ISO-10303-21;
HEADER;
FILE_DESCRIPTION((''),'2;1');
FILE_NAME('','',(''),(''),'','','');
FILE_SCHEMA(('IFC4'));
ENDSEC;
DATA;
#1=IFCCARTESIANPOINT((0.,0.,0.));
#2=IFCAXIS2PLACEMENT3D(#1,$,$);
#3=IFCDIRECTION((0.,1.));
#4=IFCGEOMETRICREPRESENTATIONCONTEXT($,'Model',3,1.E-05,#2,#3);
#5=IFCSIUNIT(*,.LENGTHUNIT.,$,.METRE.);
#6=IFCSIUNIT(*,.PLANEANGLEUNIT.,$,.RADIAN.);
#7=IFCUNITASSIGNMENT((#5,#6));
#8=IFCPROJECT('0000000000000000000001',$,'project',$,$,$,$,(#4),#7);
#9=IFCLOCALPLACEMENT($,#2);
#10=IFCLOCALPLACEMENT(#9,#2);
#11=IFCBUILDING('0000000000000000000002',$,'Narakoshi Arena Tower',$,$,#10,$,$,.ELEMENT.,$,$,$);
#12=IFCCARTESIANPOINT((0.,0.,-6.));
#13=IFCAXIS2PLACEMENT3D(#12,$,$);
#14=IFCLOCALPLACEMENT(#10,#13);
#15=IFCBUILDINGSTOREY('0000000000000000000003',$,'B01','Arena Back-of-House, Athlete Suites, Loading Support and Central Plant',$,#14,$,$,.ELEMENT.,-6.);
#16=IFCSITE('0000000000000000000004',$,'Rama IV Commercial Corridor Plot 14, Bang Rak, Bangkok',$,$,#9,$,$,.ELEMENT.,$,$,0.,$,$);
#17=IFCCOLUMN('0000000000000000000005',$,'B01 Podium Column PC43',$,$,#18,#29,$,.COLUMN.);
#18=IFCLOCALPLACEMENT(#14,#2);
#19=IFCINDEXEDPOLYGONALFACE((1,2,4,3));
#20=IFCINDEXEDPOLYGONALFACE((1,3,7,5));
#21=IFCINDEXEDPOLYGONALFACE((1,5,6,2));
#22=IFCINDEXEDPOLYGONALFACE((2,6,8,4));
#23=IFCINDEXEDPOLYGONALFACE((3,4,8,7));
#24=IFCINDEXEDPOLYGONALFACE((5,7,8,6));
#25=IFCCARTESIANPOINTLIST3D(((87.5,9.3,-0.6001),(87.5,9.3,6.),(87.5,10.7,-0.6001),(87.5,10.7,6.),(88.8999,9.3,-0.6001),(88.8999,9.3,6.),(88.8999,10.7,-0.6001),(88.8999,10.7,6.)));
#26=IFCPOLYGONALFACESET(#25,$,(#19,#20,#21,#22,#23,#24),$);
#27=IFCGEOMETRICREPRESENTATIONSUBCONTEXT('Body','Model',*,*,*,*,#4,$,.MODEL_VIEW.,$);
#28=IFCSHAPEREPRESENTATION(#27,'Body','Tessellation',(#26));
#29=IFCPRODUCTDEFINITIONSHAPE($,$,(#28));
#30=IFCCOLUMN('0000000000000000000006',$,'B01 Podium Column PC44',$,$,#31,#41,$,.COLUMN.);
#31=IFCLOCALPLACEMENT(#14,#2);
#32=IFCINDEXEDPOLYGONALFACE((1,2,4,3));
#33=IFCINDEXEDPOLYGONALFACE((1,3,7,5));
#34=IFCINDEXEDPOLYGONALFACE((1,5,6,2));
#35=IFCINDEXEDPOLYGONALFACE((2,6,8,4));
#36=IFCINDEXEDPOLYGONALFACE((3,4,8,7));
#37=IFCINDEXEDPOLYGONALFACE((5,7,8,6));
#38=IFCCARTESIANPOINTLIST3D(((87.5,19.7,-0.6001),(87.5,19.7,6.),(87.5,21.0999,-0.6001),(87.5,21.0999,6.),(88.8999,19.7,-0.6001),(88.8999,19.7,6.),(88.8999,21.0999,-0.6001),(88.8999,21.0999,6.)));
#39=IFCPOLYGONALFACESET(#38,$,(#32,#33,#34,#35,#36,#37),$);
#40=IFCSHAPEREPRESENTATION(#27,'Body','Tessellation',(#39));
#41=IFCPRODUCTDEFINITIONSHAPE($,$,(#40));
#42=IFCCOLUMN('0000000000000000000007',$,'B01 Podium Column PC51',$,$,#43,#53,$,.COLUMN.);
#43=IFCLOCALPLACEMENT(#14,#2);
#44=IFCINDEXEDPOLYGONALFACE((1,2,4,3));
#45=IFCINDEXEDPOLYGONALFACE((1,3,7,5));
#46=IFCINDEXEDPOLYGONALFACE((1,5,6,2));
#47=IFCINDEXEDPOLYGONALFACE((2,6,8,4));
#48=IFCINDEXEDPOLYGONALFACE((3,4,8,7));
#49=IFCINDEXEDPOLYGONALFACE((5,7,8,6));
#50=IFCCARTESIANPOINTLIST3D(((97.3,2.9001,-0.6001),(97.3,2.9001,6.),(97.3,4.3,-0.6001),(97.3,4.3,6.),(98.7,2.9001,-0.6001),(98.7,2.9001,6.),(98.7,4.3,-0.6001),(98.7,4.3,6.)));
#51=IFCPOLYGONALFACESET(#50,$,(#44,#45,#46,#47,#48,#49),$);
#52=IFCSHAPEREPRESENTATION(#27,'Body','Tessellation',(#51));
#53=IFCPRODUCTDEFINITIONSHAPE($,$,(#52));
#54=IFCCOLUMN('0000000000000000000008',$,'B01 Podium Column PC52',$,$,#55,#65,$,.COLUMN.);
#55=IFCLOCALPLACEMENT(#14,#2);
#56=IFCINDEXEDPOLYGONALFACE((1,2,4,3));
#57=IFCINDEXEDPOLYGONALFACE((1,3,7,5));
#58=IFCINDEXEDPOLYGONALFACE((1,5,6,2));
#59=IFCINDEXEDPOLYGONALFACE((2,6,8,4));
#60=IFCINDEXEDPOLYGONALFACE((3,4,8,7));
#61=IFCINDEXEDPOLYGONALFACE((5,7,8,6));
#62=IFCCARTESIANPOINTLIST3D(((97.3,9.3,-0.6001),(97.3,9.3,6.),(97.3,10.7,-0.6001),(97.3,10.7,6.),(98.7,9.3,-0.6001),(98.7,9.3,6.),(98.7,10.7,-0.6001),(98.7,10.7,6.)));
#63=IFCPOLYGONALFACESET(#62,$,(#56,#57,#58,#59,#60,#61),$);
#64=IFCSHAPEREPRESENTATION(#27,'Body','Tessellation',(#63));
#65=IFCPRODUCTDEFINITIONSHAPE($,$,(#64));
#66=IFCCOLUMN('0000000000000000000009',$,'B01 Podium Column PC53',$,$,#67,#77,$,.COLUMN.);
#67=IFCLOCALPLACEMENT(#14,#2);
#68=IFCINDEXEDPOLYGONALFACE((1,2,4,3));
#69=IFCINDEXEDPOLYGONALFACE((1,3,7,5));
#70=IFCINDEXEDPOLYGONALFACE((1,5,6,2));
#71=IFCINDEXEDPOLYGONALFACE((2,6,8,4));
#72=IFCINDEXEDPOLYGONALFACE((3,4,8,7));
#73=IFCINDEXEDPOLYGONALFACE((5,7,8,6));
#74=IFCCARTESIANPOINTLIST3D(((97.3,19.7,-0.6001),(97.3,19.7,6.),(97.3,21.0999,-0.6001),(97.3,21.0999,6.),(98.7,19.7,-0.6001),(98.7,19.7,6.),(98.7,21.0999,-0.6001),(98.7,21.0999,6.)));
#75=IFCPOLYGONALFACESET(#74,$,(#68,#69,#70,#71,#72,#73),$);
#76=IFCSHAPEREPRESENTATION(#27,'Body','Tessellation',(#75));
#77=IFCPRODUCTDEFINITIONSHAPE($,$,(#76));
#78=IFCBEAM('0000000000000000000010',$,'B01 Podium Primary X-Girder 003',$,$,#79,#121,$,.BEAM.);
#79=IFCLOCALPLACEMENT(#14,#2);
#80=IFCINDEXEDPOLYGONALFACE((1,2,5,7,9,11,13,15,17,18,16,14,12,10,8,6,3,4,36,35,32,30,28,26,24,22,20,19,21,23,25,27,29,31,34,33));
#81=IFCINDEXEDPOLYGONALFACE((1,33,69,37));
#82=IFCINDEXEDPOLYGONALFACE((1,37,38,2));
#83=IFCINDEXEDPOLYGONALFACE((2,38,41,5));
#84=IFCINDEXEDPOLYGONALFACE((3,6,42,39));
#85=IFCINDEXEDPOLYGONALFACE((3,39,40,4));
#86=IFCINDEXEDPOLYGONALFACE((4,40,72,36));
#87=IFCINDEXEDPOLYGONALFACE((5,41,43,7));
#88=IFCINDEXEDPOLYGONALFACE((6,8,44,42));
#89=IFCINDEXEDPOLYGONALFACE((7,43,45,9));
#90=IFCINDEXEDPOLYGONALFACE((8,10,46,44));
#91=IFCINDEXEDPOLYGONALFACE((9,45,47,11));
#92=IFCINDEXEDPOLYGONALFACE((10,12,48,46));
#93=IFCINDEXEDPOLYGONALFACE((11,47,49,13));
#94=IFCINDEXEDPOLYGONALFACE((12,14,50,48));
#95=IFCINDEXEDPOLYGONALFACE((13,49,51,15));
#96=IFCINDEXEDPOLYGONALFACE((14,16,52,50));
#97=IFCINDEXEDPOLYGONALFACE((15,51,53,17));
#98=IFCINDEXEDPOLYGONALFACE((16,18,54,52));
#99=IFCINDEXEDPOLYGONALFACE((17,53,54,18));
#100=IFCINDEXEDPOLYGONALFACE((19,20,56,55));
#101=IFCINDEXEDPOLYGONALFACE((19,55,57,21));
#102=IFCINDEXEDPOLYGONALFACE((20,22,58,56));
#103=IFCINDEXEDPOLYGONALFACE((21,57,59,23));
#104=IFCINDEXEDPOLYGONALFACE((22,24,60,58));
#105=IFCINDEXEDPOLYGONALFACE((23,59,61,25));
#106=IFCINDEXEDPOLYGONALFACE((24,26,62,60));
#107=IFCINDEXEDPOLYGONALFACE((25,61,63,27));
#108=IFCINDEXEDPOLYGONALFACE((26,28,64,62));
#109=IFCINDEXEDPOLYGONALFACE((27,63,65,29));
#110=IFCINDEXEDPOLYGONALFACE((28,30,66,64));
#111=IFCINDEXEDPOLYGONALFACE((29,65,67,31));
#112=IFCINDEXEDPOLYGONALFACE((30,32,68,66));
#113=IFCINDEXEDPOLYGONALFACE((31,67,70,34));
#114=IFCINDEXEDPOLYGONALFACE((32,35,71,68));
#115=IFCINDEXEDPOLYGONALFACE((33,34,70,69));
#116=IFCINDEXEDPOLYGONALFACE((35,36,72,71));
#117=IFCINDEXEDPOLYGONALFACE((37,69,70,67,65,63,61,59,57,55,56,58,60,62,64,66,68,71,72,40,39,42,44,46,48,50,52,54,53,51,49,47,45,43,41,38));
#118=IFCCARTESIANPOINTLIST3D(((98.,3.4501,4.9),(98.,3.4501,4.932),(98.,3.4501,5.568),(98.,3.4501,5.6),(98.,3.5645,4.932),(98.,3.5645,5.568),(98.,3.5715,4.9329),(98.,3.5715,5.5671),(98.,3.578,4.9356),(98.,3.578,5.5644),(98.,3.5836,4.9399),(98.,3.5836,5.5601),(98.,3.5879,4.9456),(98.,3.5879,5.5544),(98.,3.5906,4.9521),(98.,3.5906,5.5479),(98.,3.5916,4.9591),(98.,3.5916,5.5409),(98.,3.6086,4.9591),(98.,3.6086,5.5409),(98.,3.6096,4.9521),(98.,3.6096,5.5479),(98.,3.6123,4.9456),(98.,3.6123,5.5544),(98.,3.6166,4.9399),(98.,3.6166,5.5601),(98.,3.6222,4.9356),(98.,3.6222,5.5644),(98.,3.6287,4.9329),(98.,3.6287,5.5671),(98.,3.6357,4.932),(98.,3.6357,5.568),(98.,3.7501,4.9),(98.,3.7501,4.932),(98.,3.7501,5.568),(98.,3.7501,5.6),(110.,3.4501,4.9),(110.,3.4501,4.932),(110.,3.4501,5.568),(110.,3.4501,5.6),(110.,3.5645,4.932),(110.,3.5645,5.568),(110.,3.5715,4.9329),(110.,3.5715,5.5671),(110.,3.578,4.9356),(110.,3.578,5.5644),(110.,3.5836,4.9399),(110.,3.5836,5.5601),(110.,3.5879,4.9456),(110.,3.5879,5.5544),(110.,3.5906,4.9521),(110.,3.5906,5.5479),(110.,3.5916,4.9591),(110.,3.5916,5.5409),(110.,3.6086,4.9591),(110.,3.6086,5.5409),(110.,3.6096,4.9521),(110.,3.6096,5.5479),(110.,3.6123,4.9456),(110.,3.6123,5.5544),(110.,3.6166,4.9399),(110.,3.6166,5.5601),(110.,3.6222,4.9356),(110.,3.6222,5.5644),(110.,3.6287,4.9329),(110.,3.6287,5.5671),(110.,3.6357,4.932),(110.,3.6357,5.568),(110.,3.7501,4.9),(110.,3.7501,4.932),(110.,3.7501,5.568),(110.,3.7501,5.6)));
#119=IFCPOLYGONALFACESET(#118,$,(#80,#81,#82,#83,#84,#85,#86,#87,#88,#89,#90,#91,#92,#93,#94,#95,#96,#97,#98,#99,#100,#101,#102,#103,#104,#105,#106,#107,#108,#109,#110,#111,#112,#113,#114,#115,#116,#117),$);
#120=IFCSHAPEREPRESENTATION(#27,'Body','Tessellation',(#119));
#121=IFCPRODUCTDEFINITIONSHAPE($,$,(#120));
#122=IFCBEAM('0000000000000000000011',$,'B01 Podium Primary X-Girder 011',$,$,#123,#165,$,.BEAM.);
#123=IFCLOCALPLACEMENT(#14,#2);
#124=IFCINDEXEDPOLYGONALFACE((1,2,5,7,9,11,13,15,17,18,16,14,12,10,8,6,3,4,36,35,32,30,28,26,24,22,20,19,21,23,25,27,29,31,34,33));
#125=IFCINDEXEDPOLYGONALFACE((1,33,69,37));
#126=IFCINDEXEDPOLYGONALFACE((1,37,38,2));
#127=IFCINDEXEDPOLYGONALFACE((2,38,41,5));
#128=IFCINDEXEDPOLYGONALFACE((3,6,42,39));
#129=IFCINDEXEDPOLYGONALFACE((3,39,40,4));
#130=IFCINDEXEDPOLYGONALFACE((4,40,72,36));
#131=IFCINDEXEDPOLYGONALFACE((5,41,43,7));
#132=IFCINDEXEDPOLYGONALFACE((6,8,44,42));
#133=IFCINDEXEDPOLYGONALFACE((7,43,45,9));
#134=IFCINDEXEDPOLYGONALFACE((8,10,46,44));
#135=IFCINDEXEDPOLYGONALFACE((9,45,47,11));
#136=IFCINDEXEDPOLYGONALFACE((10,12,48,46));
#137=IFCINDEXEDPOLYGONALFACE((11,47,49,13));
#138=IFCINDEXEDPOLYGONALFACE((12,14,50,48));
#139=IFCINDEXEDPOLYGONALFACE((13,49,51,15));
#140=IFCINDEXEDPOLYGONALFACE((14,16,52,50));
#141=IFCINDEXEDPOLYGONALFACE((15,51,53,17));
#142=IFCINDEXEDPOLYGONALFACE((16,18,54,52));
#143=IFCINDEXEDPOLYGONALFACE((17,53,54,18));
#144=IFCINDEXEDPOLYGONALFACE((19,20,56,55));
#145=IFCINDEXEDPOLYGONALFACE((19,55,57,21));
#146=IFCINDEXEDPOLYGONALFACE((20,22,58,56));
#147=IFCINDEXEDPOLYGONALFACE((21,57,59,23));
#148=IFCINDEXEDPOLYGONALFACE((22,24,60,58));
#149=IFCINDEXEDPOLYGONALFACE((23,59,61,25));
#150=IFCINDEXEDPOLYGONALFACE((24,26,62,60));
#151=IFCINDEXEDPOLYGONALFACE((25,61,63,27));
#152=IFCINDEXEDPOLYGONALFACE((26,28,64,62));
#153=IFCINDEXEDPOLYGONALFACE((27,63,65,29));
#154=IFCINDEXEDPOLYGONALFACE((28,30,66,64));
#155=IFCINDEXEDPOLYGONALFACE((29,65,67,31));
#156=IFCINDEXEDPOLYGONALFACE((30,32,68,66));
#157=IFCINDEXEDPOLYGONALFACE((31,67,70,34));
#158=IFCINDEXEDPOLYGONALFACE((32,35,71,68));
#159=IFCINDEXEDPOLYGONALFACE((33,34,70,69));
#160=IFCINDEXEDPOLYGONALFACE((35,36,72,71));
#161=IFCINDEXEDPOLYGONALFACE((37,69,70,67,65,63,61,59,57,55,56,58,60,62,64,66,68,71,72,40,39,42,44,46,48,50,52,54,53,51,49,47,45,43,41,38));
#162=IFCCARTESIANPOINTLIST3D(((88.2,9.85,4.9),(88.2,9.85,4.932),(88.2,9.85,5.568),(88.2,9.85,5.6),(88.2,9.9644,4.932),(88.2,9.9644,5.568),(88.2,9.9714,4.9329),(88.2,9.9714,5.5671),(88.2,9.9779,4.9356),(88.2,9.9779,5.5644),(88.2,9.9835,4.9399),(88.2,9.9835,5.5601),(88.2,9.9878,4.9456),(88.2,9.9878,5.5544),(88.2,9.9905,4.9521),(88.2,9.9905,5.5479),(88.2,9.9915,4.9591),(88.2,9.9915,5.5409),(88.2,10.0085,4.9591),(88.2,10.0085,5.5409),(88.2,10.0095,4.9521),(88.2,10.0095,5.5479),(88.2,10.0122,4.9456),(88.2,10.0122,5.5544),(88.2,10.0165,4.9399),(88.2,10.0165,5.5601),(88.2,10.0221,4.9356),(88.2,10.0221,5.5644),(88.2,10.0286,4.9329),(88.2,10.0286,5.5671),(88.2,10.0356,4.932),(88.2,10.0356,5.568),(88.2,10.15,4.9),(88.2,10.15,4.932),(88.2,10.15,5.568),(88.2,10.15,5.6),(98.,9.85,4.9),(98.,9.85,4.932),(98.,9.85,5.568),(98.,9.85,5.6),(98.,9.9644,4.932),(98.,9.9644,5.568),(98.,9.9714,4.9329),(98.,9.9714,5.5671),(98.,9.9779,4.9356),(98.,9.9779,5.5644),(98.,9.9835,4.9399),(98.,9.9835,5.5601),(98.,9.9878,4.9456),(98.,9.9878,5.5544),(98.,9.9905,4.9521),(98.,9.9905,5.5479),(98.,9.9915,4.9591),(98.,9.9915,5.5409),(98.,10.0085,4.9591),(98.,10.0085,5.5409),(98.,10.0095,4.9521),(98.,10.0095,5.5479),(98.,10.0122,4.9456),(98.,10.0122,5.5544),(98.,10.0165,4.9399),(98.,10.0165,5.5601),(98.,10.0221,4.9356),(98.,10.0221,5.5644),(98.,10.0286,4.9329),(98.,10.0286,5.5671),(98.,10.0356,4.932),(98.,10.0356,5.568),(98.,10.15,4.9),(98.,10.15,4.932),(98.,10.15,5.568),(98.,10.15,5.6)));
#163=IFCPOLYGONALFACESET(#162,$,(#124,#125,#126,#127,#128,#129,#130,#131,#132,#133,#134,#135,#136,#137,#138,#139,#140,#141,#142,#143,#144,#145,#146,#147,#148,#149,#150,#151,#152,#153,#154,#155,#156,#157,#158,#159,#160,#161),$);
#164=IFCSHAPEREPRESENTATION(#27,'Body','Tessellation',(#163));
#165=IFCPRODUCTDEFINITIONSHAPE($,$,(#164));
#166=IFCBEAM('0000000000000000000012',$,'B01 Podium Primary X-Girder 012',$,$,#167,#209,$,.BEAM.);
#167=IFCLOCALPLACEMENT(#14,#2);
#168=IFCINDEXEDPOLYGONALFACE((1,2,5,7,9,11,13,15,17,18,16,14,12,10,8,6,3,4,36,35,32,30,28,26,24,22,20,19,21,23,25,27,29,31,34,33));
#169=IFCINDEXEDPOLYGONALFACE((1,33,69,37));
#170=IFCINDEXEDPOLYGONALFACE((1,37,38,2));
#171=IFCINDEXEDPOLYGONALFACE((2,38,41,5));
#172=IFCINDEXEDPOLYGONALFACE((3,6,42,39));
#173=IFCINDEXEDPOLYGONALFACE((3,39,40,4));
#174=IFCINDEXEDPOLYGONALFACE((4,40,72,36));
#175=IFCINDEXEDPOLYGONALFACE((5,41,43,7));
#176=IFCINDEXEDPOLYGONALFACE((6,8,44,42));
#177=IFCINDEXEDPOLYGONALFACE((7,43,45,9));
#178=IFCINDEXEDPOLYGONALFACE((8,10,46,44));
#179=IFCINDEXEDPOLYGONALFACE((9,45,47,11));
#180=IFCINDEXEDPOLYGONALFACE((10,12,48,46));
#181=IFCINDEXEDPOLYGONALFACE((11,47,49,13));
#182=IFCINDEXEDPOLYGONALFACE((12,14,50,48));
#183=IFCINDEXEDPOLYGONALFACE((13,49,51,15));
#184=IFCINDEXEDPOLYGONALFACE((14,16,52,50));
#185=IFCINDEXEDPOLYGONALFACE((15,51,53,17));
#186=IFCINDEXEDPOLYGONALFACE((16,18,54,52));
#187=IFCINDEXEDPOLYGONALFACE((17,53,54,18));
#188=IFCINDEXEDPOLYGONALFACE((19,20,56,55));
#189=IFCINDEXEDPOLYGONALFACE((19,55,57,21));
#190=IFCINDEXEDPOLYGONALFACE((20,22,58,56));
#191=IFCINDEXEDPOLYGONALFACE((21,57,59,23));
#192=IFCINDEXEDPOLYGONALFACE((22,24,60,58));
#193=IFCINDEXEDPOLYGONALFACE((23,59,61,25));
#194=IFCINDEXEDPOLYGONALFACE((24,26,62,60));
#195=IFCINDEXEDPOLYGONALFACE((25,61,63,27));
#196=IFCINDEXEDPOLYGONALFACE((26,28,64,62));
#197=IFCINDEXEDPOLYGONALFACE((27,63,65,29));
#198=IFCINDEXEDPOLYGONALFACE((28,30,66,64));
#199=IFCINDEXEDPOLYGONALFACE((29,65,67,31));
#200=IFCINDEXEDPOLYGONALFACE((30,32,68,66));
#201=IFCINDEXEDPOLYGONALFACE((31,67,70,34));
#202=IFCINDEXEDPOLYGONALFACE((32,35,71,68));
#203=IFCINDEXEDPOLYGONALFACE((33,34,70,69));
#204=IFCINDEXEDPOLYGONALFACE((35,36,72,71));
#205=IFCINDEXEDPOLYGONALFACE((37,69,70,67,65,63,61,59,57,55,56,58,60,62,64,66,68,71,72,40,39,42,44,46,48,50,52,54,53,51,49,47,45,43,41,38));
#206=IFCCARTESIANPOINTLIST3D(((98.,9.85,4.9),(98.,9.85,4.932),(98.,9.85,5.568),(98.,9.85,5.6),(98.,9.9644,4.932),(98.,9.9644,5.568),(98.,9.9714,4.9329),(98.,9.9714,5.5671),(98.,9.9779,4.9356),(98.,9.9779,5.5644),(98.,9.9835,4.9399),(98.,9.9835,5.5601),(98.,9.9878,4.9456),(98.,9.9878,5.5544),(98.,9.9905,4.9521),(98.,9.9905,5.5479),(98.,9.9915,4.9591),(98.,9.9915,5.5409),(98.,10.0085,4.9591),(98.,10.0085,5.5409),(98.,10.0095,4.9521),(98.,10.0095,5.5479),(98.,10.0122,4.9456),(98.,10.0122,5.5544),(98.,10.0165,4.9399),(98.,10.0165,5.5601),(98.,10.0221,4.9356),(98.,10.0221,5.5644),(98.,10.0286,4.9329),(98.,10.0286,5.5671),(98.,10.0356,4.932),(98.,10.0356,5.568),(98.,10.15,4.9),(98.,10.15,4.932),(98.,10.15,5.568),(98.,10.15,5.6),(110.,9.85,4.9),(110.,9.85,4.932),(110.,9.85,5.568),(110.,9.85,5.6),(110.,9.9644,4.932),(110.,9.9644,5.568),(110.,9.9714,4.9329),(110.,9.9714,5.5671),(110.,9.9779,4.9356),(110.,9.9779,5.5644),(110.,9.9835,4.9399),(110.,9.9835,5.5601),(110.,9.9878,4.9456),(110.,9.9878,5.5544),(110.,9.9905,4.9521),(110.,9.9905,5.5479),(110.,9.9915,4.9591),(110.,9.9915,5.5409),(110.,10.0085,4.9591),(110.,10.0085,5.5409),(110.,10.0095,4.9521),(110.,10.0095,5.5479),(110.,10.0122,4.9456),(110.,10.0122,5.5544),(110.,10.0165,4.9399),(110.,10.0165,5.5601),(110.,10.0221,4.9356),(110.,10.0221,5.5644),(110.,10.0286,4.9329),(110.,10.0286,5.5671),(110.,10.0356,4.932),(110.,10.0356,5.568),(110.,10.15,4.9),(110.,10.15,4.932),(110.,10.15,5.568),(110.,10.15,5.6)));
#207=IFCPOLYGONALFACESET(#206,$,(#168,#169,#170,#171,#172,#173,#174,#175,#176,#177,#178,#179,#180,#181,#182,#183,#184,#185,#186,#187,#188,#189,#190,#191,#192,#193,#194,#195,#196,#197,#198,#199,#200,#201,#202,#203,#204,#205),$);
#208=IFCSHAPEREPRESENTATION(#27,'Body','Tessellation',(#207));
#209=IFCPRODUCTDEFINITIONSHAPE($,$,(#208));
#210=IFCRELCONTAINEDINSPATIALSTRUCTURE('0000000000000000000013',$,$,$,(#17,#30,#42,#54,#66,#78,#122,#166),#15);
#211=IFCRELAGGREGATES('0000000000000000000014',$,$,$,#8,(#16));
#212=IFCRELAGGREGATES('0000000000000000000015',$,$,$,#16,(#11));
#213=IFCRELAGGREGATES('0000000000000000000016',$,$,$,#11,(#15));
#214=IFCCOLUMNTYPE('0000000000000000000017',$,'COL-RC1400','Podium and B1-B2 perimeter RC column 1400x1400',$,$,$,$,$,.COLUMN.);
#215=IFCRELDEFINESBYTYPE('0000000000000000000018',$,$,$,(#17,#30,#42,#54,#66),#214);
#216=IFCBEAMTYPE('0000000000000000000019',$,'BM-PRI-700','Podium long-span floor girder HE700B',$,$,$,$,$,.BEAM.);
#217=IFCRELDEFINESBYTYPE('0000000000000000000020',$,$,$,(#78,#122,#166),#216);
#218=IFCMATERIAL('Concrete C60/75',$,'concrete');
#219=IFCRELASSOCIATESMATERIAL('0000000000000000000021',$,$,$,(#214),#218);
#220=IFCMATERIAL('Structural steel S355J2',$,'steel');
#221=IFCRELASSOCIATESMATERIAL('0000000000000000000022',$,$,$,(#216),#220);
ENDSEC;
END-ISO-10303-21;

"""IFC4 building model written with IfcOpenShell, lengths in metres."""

from ifc_helpers import new_model, si_unit, direction, frame, origin, origin_2d, place, context, subcontext, project, spatial, rectangle, i_section, extrude, material, material_profile, profile_set, type_object, element, save


model = new_model("IFC4")

# Units and contexts
model_context = context("Model", 3, precision=1e-05, world=origin(), true_north=direction((0.0, 1.0)))
body_context = subcontext(model_context, "Body", "Model", "MODEL_VIEW")
ifc_project = project(units=[si_unit("LENGTHUNIT", "METRE"), si_unit("PLANEANGLEUNIT", "RADIAN")], contexts=[model_context])

# Site, building, storey
site_placement = place(None, origin())
site = spatial("IfcSite", under=ifc_project, at=site_placement, Name="Rama IV Commercial Corridor Plot 14, Bang Rak, Bangkok", CompositionType="ELEMENT", RefElevation=0.0)
building_placement = place(site_placement, origin())
building = spatial("IfcBuilding", under=site, at=building_placement, Name="Narakoshi Arena Tower", CompositionType="ELEMENT")
storey_placement = place(building_placement, frame((0.0, 0.0, -6.0)))
storey = spatial("IfcBuildingStorey", under=building, at=storey_placement, Name="B01", Description="Arena Back-of-House, Athlete Suites, Loading Support and Central Plant", CompositionType="ELEMENT", Elevation=-6.0)

# Columns
ifc_material_1 = material(Name="Concrete C60/75", Category="concrete")
ifc_material_profile_1 = material_profile(ifc_material_1, rectangle(XDim=1.3999, YDim=1.3999, at=origin_2d()), Name="RC1400x1400")
ifc_profile_set_1 = profile_set([ifc_material_profile_1], Name="Concrete C60/75")
column_type = type_object("IfcColumnType", Name="COL-RC1400", Description="Podium and B1-B2 perimeter RC column 1400x1400", PredefinedType="COLUMN", material=ifc_profile_set_1)
for number, where, z_axis, x_axis, name in (
    (1, (88.2, 10.0, -0.6001), (0.0, 0.0, 1.0), (1.0, 0.0, 0.0), "B01 Podium Column PC43"),
    (2, (88.2, 20.3999, -0.6001), (0.0, 0.0, 1.0), (1.0, 0.0, 0.0), "B01 Podium Column PC44"),
    (3, (98.0, 3.6001, -0.6001), (0.0, 0.0, 1.0), (1.0, 0.0, 0.0), "B01 Podium Column PC51"),
    (4, (98.0, 10.0, -0.6001), (0.0, 0.0, 1.0), (1.0, 0.0, 0.0), "B01 Podium Column PC52"),
    (5, (98.0, 20.3999, -0.6001), (0.0, 0.0, 1.0), (1.0, 0.0, 0.0), "B01 Podium Column PC53"),
):
    element("IfcColumn", number, at=place(storey_placement, frame(where, z_axis=z_axis, x_axis=x_axis)), inside=storey, type_object=column_type, Name=name, PredefinedType="COLUMN", context=body_context, shape_type="SweptSolid", body=[
        extrude(rectangle(XDim=1.3999, YDim=1.3999, at=origin_2d()), origin(), (0.0, 0.0, 1.0), 6.6001),
    ])

# Beams
ifc_material_2 = material(Name="Structural steel S355J2", Category="steel")
ifc_material_profile_2 = material_profile(ifc_material_2, i_section(OverallWidth=0.3, OverallDepth=0.7, WebThickness=0.0171, FlangeThickness=0.032, FilletRadius=0.0271, at=origin_2d()), Name="HE700B")
ifc_profile_set_2 = profile_set([ifc_material_profile_2], Name="Structural steel S355J2")
beam_type_1 = type_object("IfcBeamType", Name="BM-PRI-700", Description="Podium long-span floor girder HE700B", PredefinedType="BEAM", material=ifc_profile_set_2)
beam_1_placement = place(storey_placement, frame((98.0, 3.6001, 5.25), z_axis=(1.0, 0.0, 0.0), x_axis=(0.0, 1.0, 0.0)))
element("IfcBeam", 6, at=beam_1_placement, inside=storey, type_object=beam_type_1, Name="B01 Podium Primary X-Girder 003", PredefinedType="BEAM", context=body_context, shape_type="SweptSolid", body=[
    extrude(i_section(OverallWidth=0.3, OverallDepth=0.7, WebThickness=0.0171, FlangeThickness=0.032, FilletRadius=0.0271, at=origin_2d()), origin(), (0.0, 0.0, 1.0), 12.0),
])
beam_2_placement = place(storey_placement, frame((88.2, 10.0, 5.25), z_axis=(1.0, 0.0, 0.0), x_axis=(0.0, 1.0, 0.0)))
element("IfcBeam", 7, at=beam_2_placement, inside=storey, type_object=beam_type_1, Name="B01 Podium Primary X-Girder 011", PredefinedType="BEAM", context=body_context, shape_type="SweptSolid", body=[
    extrude(i_section(OverallWidth=0.3, OverallDepth=0.7, WebThickness=0.0171, FlangeThickness=0.032, FilletRadius=0.0271, at=origin_2d()), origin(), (0.0, 0.0, 1.0), 9.8),
])
beam_3_placement = place(storey_placement, frame((98.0, 10.0, 5.25), z_axis=(1.0, 0.0, 0.0), x_axis=(0.0, 1.0, 0.0)))
element("IfcBeam", 8, at=beam_3_placement, inside=storey, type_object=beam_type_1, Name="B01 Podium Primary X-Girder 012", PredefinedType="BEAM", context=body_context, shape_type="SweptSolid", body=[
    extrude(i_section(OverallWidth=0.3, OverallDepth=0.7, WebThickness=0.0171, FlangeThickness=0.032, FilletRadius=0.0271, at=origin_2d()), origin(), (0.0, 0.0, 1.0), 12.0),
])

save(model, "model.ifc")
